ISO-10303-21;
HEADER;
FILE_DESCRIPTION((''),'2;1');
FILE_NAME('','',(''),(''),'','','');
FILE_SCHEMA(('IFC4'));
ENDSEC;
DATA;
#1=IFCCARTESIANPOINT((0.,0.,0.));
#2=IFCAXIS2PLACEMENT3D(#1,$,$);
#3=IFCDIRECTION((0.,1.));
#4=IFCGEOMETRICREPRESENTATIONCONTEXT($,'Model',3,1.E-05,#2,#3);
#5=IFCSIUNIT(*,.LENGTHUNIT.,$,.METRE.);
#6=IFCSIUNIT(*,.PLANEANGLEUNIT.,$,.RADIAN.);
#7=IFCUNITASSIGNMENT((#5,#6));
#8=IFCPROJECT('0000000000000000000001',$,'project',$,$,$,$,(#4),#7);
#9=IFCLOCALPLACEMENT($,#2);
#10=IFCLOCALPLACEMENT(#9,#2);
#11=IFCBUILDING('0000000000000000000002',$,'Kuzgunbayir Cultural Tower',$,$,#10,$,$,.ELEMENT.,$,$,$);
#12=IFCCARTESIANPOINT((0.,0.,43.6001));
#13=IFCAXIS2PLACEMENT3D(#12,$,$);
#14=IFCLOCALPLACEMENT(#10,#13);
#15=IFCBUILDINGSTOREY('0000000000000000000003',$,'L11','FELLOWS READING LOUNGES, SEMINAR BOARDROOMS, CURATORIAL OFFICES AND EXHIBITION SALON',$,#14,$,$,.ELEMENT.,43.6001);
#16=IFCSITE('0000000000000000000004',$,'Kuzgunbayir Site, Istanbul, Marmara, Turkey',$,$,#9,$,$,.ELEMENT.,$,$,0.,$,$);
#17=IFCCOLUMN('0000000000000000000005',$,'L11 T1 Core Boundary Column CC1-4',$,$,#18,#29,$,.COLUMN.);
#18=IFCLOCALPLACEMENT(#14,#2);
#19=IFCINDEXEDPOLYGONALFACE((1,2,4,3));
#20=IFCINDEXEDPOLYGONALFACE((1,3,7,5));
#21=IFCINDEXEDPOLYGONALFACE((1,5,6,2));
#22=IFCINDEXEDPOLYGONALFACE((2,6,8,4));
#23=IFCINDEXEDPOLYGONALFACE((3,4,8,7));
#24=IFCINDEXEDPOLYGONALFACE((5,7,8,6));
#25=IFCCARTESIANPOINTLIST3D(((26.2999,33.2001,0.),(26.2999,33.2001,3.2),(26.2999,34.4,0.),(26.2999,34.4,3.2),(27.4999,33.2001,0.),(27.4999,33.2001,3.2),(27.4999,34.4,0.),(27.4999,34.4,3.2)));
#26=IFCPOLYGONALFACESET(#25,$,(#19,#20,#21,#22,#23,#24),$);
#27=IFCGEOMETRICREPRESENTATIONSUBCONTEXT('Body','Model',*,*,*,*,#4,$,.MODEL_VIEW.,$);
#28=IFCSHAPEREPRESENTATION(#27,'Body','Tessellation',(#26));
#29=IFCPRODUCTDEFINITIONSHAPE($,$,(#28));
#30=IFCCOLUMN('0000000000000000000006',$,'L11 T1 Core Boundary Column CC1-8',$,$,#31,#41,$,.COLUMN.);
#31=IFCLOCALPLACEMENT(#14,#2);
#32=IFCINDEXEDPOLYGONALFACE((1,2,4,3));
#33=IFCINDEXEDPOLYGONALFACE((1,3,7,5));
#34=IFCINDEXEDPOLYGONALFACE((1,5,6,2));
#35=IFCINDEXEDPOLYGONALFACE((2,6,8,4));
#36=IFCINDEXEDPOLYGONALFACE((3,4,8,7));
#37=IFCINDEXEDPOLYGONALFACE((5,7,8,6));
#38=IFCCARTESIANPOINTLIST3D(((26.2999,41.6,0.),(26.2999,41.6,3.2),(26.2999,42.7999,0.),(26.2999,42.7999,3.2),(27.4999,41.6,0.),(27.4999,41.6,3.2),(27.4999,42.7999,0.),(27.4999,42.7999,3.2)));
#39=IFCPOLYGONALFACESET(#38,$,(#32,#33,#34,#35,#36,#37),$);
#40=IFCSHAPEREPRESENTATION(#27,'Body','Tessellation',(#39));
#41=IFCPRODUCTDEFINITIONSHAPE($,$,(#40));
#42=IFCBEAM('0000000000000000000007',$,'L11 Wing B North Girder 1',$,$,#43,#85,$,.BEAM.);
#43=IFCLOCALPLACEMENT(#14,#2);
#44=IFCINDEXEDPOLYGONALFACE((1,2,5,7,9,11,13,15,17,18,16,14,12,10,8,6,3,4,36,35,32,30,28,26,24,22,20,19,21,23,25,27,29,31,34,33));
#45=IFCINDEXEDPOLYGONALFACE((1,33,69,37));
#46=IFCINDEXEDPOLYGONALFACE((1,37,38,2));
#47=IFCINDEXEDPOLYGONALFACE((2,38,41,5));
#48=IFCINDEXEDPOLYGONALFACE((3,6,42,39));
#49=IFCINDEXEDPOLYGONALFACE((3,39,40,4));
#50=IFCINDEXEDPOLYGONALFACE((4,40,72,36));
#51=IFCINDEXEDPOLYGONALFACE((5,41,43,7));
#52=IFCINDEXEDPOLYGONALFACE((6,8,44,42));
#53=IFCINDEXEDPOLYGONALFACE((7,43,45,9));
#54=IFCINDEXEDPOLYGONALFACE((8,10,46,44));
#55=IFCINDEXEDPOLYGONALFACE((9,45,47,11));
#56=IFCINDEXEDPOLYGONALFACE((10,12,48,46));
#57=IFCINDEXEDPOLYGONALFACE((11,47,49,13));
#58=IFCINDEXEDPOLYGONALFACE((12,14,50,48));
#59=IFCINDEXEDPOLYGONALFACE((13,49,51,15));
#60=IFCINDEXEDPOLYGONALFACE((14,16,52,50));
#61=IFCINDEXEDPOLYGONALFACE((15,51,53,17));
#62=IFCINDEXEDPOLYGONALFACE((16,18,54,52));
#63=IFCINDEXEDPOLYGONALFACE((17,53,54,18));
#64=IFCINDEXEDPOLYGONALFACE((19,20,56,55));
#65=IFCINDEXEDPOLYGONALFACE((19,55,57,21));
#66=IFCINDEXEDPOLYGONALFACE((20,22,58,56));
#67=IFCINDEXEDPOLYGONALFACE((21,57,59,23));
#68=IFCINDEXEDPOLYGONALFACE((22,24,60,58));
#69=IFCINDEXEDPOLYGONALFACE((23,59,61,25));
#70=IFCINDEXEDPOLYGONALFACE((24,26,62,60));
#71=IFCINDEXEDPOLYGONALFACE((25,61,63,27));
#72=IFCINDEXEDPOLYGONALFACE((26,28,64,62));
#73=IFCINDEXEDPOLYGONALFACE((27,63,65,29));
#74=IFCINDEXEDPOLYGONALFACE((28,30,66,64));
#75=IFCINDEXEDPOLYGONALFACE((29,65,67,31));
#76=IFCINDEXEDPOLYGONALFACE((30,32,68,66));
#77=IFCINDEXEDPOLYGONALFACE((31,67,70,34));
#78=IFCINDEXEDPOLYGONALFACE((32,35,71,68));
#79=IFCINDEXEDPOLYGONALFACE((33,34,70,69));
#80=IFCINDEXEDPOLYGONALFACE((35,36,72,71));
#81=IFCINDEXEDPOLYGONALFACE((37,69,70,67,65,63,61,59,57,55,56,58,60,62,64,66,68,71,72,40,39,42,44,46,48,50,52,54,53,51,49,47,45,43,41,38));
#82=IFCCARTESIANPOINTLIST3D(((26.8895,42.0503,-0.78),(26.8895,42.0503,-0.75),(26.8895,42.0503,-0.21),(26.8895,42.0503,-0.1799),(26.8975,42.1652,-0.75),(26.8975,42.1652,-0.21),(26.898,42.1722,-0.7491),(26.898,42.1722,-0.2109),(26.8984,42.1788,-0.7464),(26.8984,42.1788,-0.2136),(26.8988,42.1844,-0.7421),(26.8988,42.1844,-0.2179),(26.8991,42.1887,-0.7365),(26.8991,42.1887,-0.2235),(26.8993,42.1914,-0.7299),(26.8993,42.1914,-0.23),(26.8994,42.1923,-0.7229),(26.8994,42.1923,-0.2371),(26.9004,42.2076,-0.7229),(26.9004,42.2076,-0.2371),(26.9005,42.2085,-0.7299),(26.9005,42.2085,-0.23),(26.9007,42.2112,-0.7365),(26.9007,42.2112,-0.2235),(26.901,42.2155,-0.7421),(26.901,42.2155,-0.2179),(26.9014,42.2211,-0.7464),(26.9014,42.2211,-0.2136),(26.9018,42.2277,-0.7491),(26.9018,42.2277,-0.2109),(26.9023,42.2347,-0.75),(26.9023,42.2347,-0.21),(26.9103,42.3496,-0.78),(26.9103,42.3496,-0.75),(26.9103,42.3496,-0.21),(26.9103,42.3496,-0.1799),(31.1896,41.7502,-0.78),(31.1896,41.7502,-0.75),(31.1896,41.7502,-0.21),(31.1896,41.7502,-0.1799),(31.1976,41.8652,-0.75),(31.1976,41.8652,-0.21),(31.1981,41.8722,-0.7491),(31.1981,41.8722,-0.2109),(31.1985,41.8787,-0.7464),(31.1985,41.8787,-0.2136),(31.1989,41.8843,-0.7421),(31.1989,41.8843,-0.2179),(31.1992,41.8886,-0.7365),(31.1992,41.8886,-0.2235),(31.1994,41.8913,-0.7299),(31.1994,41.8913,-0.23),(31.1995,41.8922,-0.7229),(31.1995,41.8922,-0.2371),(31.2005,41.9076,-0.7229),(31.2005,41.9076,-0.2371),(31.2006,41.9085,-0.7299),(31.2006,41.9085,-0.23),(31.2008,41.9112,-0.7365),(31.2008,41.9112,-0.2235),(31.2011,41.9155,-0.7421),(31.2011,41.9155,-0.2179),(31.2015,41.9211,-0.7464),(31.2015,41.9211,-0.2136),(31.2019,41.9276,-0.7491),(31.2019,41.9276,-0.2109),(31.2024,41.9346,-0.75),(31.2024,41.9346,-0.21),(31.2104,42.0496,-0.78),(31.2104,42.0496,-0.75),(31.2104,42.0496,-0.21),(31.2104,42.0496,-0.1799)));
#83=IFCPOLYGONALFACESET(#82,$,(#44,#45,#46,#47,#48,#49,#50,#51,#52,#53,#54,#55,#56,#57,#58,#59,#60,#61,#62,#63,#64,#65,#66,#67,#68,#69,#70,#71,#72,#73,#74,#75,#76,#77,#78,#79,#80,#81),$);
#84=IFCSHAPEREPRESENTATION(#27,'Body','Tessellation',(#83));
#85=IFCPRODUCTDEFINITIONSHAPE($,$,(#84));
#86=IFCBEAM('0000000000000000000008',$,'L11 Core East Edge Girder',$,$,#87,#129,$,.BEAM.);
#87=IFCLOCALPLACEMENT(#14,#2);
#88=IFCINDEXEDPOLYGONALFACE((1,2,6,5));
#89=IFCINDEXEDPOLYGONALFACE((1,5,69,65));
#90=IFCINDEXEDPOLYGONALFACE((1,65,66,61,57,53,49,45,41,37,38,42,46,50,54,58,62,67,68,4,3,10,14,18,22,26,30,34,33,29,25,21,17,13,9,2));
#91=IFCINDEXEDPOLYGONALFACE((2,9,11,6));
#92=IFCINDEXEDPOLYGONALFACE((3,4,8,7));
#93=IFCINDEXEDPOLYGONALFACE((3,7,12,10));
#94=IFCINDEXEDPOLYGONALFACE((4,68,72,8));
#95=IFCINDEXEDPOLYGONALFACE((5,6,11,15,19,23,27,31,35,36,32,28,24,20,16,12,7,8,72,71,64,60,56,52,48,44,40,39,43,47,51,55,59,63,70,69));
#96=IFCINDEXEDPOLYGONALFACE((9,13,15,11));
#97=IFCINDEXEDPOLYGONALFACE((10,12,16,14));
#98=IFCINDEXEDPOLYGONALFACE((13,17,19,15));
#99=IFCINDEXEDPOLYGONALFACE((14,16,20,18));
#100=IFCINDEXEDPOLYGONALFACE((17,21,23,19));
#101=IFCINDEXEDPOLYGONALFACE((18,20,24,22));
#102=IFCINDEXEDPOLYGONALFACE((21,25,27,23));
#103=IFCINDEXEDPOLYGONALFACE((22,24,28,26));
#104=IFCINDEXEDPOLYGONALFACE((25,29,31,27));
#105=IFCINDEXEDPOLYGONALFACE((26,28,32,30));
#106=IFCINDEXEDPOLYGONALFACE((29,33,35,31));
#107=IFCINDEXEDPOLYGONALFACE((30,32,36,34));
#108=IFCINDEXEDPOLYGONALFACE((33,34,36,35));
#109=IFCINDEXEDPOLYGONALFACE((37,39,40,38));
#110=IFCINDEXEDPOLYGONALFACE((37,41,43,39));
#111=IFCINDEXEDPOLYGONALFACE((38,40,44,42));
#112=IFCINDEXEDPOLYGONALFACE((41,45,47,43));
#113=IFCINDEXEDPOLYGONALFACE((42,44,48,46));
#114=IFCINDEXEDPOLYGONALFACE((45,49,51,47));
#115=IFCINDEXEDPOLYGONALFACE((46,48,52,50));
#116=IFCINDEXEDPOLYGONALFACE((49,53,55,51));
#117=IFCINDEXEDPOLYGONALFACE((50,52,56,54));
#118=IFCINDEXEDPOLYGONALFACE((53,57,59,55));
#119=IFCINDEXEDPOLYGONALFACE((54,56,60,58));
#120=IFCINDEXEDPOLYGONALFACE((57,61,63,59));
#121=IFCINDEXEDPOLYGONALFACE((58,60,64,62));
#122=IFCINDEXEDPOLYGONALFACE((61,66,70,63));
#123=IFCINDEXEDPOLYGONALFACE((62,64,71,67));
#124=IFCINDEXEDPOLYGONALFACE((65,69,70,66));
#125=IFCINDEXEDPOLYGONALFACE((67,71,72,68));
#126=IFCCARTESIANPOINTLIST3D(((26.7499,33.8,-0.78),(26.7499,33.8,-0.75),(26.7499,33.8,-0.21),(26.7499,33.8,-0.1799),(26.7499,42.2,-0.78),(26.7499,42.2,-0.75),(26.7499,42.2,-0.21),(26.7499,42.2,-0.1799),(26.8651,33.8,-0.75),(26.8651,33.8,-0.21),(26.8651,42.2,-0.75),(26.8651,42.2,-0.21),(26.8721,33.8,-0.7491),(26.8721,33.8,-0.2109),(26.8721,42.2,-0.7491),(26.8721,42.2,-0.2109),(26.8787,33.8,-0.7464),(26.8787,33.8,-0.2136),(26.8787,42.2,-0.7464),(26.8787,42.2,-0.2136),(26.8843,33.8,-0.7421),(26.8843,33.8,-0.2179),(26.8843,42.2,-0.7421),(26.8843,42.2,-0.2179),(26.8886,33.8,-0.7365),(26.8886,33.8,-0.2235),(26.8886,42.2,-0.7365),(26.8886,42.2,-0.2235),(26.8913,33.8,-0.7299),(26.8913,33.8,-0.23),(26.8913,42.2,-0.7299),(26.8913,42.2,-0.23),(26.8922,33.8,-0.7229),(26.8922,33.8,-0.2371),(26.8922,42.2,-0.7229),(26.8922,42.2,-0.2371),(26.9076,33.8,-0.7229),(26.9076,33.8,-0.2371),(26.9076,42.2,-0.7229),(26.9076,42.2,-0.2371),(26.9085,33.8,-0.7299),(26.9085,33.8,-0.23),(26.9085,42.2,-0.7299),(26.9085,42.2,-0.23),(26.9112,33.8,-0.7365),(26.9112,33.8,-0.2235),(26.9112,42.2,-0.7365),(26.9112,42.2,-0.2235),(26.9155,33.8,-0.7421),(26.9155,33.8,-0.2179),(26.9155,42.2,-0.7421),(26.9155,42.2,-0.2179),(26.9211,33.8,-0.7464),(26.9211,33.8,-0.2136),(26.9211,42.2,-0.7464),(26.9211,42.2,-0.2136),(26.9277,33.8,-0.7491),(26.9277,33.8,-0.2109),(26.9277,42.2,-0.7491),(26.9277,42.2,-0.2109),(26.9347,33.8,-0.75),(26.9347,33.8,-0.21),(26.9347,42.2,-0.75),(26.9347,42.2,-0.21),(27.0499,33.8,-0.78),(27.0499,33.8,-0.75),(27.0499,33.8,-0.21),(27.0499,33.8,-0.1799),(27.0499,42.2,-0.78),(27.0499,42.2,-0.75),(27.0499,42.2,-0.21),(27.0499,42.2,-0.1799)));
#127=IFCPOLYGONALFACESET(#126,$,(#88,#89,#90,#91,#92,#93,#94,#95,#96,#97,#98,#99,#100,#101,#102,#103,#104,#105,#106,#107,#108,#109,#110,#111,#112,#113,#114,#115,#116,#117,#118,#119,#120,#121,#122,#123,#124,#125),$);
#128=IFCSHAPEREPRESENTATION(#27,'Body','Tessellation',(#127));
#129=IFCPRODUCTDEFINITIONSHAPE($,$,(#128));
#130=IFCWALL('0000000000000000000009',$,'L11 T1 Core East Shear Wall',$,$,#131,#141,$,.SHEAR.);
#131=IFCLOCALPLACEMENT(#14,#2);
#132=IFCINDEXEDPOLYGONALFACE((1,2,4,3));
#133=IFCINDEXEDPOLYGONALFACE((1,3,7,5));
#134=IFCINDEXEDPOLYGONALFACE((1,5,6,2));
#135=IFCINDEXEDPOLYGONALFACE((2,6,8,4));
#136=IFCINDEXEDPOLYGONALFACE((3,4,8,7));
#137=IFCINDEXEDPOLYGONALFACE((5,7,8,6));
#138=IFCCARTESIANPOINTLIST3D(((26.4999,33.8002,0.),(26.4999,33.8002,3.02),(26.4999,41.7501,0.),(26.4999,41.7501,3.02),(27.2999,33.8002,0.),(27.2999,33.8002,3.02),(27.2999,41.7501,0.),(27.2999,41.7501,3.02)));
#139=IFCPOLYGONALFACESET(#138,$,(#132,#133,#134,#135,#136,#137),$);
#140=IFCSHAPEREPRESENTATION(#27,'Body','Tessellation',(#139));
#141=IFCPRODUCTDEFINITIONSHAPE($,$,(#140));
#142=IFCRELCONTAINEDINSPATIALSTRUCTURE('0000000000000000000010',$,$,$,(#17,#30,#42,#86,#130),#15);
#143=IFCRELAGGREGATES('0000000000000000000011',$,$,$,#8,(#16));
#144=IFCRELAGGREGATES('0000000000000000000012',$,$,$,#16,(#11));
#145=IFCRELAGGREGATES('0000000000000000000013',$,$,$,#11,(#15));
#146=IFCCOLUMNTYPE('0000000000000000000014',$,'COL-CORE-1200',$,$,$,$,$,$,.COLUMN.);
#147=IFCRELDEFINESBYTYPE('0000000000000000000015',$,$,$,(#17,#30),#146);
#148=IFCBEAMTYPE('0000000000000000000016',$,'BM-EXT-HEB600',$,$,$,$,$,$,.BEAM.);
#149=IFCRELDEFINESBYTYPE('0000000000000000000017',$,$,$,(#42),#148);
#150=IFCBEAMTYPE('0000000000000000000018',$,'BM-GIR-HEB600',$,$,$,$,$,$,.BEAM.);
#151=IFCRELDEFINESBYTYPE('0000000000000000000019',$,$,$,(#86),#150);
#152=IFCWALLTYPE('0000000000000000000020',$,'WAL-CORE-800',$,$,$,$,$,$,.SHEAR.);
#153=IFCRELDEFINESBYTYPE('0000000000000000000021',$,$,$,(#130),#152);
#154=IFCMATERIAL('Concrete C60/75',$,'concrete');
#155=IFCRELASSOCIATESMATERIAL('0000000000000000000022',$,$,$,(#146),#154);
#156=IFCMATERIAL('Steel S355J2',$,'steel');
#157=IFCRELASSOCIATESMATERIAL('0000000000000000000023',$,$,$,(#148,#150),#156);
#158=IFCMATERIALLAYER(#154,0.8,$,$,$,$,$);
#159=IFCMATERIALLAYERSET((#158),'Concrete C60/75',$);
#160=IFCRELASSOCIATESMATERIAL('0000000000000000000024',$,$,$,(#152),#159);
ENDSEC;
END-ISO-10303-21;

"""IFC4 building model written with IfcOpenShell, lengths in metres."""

from ifc_helpers import new_model, si_unit, direction, frame, frame_2d, origin, origin_2d, place, context, subcontext, project, spatial, rectangle, i_section, extrude, material, layer, layer_set, material_profile, profile_set, type_object, element, save


model = new_model("IFC4")

# Units and contexts
model_context = context("Model", 3, precision=1e-05, world=origin(), true_north=direction((0.0, 1.0)))
body_context = subcontext(model_context, "Body", "Model", "MODEL_VIEW")
ifc_project = project(units=[si_unit("LENGTHUNIT", "METRE"), si_unit("PLANEANGLEUNIT", "RADIAN")], contexts=[model_context])

# Site, building, storey
site_placement = place(None, origin())
site = spatial("IfcSite", under=ifc_project, at=site_placement, Name="Kuzgunbayir Site, Istanbul, Marmara, Turkey", CompositionType="ELEMENT", RefElevation=0.0)
building_placement = place(site_placement, origin())
building = spatial("IfcBuilding", under=site, at=building_placement, Name="Kuzgunbayir Cultural Tower", CompositionType="ELEMENT")
storey_placement = place(building_placement, frame((0.0, 0.0, 43.6001)))
storey = spatial("IfcBuildingStorey", under=building, at=storey_placement, Name="L11", Description="FELLOWS READING LOUNGES, SEMINAR BOARDROOMS, CURATORIAL OFFICES AND EXHIBITION SALON", CompositionType="ELEMENT", Elevation=43.6001)

# Columns
ifc_material_1 = material(Name="Concrete C60/75", Category="concrete")
ifc_material_profile_1 = material_profile(ifc_material_1, rectangle(XDim=1.2, YDim=1.2, at=origin_2d()), Name="RC 1200x1200")
ifc_profile_set_1 = profile_set([ifc_material_profile_1], Name="Concrete C60/75")
column_type = type_object("IfcColumnType", Name="COL-CORE-1200", PredefinedType="COLUMN", material=ifc_profile_set_1)
for number, where, z_axis, x_axis, name in (
    (1, (26.8999, 33.8, 0.0), (0.0, 0.0, 1.0), (1.0, 0.0, 0.0), "L11 T1 Core Boundary Column CC1-4"),
    (2, (26.8999, 42.2, 0.0), (0.0, 0.0, 1.0), (1.0, 0.0, 0.0), "L11 T1 Core Boundary Column CC1-8"),
):
    element("IfcColumn", number, at=place(storey_placement, frame(where, z_axis=z_axis, x_axis=x_axis)), inside=storey, type_object=column_type, Name=name, PredefinedType="COLUMN", context=body_context, shape_type="SweptSolid", body=[
        extrude(rectangle(XDim=1.2, YDim=1.2, at=origin_2d()), origin(), (0.0, 0.0, 1.0), 3.2),
    ])

# Beams
ifc_material_2 = material(Name="Steel S355J2", Category="steel")
ifc_material_profile_2 = material_profile(ifc_material_2, i_section(OverallWidth=0.3, OverallDepth=0.6001, WebThickness=0.0154, FlangeThickness=0.03, FilletRadius=0.0271, at=origin_2d()), Name="HEB 600")
ifc_profile_set_2 = profile_set([ifc_material_profile_2], Name="Steel S355J2")
beam_type_1 = type_object("IfcBeamType", Name="BM-EXT-HEB600", PredefinedType="BEAM", material=ifc_profile_set_2)
beam_1_placement = place(storey_placement, frame((26.8999, 42.2, -0.48), z_axis=(0.997574, -0.069609, 0.0), x_axis=(0.069609, 0.997574, 0.0)))
element("IfcBeam", 3, at=beam_1_placement, inside=storey, type_object=beam_type_1, Name="L11 Wing B North Girder 1", PredefinedType="BEAM", context=body_context, shape_type="SweptSolid", body=[
    extrude(i_section(OverallWidth=0.3, OverallDepth=0.6001, WebThickness=0.0154, FlangeThickness=0.03, FilletRadius=0.0271, at=origin_2d()), origin(), (0.0, 0.0, 1.0), 4.3105),
])
ifc_material_profile_3 = material_profile(ifc_material_2, i_section(OverallWidth=0.3, OverallDepth=0.6001, WebThickness=0.0154, FlangeThickness=0.03, FilletRadius=0.0271, at=origin_2d()), Name="HEB 600")
ifc_profile_set_3 = profile_set([ifc_material_profile_3], Name="Steel S355J2")
beam_type_2 = type_object("IfcBeamType", Name="BM-GIR-HEB600", PredefinedType="BEAM", material=ifc_profile_set_3)
beam_2_placement = place(storey_placement, frame((26.8999, 33.8, -0.48), z_axis=(0.0, 1.0, 0.0), x_axis=(-1.0, 0.0, 0.0)))
element("IfcBeam", 4, at=beam_2_placement, inside=storey, type_object=beam_type_2, Name="L11 Core East Edge Girder", PredefinedType="BEAM", context=body_context, shape_type="SweptSolid", body=[
    extrude(i_section(OverallWidth=0.3, OverallDepth=0.6001, WebThickness=0.0154, FlangeThickness=0.03, FilletRadius=0.0271, at=origin_2d()), origin(), (0.0, 0.0, 1.0), 8.3999),
])

# Wall
ifc_layer_1 = layer(ifc_material_1, 0.8)
ifc_layer_set_1 = layer_set([ifc_layer_1], Name="Concrete C60/75")
wall_type_1 = type_object("IfcWallType", Name="WAL-CORE-800", PredefinedType="SHEAR", material=ifc_layer_set_1)
wall_1_placement = place(storey_placement, frame((26.8999, 33.8, 0.0), z_axis=(0.0, 0.0, 1.0), x_axis=(0.0, 1.0, 0.0)))
element("IfcWall", 5, at=wall_1_placement, inside=storey, type_object=wall_type_1, Name="L11 T1 Core East Shear Wall", PredefinedType="SHEAR", context=body_context, shape_type="SweptSolid", body=[
    extrude(rectangle(XDim=7.95, YDim=0.8, at=frame_2d((3.9751, 0.0))), origin(), (0.0, 0.0, 1.0), 3.02),
])

save(model, "model.ifc")
